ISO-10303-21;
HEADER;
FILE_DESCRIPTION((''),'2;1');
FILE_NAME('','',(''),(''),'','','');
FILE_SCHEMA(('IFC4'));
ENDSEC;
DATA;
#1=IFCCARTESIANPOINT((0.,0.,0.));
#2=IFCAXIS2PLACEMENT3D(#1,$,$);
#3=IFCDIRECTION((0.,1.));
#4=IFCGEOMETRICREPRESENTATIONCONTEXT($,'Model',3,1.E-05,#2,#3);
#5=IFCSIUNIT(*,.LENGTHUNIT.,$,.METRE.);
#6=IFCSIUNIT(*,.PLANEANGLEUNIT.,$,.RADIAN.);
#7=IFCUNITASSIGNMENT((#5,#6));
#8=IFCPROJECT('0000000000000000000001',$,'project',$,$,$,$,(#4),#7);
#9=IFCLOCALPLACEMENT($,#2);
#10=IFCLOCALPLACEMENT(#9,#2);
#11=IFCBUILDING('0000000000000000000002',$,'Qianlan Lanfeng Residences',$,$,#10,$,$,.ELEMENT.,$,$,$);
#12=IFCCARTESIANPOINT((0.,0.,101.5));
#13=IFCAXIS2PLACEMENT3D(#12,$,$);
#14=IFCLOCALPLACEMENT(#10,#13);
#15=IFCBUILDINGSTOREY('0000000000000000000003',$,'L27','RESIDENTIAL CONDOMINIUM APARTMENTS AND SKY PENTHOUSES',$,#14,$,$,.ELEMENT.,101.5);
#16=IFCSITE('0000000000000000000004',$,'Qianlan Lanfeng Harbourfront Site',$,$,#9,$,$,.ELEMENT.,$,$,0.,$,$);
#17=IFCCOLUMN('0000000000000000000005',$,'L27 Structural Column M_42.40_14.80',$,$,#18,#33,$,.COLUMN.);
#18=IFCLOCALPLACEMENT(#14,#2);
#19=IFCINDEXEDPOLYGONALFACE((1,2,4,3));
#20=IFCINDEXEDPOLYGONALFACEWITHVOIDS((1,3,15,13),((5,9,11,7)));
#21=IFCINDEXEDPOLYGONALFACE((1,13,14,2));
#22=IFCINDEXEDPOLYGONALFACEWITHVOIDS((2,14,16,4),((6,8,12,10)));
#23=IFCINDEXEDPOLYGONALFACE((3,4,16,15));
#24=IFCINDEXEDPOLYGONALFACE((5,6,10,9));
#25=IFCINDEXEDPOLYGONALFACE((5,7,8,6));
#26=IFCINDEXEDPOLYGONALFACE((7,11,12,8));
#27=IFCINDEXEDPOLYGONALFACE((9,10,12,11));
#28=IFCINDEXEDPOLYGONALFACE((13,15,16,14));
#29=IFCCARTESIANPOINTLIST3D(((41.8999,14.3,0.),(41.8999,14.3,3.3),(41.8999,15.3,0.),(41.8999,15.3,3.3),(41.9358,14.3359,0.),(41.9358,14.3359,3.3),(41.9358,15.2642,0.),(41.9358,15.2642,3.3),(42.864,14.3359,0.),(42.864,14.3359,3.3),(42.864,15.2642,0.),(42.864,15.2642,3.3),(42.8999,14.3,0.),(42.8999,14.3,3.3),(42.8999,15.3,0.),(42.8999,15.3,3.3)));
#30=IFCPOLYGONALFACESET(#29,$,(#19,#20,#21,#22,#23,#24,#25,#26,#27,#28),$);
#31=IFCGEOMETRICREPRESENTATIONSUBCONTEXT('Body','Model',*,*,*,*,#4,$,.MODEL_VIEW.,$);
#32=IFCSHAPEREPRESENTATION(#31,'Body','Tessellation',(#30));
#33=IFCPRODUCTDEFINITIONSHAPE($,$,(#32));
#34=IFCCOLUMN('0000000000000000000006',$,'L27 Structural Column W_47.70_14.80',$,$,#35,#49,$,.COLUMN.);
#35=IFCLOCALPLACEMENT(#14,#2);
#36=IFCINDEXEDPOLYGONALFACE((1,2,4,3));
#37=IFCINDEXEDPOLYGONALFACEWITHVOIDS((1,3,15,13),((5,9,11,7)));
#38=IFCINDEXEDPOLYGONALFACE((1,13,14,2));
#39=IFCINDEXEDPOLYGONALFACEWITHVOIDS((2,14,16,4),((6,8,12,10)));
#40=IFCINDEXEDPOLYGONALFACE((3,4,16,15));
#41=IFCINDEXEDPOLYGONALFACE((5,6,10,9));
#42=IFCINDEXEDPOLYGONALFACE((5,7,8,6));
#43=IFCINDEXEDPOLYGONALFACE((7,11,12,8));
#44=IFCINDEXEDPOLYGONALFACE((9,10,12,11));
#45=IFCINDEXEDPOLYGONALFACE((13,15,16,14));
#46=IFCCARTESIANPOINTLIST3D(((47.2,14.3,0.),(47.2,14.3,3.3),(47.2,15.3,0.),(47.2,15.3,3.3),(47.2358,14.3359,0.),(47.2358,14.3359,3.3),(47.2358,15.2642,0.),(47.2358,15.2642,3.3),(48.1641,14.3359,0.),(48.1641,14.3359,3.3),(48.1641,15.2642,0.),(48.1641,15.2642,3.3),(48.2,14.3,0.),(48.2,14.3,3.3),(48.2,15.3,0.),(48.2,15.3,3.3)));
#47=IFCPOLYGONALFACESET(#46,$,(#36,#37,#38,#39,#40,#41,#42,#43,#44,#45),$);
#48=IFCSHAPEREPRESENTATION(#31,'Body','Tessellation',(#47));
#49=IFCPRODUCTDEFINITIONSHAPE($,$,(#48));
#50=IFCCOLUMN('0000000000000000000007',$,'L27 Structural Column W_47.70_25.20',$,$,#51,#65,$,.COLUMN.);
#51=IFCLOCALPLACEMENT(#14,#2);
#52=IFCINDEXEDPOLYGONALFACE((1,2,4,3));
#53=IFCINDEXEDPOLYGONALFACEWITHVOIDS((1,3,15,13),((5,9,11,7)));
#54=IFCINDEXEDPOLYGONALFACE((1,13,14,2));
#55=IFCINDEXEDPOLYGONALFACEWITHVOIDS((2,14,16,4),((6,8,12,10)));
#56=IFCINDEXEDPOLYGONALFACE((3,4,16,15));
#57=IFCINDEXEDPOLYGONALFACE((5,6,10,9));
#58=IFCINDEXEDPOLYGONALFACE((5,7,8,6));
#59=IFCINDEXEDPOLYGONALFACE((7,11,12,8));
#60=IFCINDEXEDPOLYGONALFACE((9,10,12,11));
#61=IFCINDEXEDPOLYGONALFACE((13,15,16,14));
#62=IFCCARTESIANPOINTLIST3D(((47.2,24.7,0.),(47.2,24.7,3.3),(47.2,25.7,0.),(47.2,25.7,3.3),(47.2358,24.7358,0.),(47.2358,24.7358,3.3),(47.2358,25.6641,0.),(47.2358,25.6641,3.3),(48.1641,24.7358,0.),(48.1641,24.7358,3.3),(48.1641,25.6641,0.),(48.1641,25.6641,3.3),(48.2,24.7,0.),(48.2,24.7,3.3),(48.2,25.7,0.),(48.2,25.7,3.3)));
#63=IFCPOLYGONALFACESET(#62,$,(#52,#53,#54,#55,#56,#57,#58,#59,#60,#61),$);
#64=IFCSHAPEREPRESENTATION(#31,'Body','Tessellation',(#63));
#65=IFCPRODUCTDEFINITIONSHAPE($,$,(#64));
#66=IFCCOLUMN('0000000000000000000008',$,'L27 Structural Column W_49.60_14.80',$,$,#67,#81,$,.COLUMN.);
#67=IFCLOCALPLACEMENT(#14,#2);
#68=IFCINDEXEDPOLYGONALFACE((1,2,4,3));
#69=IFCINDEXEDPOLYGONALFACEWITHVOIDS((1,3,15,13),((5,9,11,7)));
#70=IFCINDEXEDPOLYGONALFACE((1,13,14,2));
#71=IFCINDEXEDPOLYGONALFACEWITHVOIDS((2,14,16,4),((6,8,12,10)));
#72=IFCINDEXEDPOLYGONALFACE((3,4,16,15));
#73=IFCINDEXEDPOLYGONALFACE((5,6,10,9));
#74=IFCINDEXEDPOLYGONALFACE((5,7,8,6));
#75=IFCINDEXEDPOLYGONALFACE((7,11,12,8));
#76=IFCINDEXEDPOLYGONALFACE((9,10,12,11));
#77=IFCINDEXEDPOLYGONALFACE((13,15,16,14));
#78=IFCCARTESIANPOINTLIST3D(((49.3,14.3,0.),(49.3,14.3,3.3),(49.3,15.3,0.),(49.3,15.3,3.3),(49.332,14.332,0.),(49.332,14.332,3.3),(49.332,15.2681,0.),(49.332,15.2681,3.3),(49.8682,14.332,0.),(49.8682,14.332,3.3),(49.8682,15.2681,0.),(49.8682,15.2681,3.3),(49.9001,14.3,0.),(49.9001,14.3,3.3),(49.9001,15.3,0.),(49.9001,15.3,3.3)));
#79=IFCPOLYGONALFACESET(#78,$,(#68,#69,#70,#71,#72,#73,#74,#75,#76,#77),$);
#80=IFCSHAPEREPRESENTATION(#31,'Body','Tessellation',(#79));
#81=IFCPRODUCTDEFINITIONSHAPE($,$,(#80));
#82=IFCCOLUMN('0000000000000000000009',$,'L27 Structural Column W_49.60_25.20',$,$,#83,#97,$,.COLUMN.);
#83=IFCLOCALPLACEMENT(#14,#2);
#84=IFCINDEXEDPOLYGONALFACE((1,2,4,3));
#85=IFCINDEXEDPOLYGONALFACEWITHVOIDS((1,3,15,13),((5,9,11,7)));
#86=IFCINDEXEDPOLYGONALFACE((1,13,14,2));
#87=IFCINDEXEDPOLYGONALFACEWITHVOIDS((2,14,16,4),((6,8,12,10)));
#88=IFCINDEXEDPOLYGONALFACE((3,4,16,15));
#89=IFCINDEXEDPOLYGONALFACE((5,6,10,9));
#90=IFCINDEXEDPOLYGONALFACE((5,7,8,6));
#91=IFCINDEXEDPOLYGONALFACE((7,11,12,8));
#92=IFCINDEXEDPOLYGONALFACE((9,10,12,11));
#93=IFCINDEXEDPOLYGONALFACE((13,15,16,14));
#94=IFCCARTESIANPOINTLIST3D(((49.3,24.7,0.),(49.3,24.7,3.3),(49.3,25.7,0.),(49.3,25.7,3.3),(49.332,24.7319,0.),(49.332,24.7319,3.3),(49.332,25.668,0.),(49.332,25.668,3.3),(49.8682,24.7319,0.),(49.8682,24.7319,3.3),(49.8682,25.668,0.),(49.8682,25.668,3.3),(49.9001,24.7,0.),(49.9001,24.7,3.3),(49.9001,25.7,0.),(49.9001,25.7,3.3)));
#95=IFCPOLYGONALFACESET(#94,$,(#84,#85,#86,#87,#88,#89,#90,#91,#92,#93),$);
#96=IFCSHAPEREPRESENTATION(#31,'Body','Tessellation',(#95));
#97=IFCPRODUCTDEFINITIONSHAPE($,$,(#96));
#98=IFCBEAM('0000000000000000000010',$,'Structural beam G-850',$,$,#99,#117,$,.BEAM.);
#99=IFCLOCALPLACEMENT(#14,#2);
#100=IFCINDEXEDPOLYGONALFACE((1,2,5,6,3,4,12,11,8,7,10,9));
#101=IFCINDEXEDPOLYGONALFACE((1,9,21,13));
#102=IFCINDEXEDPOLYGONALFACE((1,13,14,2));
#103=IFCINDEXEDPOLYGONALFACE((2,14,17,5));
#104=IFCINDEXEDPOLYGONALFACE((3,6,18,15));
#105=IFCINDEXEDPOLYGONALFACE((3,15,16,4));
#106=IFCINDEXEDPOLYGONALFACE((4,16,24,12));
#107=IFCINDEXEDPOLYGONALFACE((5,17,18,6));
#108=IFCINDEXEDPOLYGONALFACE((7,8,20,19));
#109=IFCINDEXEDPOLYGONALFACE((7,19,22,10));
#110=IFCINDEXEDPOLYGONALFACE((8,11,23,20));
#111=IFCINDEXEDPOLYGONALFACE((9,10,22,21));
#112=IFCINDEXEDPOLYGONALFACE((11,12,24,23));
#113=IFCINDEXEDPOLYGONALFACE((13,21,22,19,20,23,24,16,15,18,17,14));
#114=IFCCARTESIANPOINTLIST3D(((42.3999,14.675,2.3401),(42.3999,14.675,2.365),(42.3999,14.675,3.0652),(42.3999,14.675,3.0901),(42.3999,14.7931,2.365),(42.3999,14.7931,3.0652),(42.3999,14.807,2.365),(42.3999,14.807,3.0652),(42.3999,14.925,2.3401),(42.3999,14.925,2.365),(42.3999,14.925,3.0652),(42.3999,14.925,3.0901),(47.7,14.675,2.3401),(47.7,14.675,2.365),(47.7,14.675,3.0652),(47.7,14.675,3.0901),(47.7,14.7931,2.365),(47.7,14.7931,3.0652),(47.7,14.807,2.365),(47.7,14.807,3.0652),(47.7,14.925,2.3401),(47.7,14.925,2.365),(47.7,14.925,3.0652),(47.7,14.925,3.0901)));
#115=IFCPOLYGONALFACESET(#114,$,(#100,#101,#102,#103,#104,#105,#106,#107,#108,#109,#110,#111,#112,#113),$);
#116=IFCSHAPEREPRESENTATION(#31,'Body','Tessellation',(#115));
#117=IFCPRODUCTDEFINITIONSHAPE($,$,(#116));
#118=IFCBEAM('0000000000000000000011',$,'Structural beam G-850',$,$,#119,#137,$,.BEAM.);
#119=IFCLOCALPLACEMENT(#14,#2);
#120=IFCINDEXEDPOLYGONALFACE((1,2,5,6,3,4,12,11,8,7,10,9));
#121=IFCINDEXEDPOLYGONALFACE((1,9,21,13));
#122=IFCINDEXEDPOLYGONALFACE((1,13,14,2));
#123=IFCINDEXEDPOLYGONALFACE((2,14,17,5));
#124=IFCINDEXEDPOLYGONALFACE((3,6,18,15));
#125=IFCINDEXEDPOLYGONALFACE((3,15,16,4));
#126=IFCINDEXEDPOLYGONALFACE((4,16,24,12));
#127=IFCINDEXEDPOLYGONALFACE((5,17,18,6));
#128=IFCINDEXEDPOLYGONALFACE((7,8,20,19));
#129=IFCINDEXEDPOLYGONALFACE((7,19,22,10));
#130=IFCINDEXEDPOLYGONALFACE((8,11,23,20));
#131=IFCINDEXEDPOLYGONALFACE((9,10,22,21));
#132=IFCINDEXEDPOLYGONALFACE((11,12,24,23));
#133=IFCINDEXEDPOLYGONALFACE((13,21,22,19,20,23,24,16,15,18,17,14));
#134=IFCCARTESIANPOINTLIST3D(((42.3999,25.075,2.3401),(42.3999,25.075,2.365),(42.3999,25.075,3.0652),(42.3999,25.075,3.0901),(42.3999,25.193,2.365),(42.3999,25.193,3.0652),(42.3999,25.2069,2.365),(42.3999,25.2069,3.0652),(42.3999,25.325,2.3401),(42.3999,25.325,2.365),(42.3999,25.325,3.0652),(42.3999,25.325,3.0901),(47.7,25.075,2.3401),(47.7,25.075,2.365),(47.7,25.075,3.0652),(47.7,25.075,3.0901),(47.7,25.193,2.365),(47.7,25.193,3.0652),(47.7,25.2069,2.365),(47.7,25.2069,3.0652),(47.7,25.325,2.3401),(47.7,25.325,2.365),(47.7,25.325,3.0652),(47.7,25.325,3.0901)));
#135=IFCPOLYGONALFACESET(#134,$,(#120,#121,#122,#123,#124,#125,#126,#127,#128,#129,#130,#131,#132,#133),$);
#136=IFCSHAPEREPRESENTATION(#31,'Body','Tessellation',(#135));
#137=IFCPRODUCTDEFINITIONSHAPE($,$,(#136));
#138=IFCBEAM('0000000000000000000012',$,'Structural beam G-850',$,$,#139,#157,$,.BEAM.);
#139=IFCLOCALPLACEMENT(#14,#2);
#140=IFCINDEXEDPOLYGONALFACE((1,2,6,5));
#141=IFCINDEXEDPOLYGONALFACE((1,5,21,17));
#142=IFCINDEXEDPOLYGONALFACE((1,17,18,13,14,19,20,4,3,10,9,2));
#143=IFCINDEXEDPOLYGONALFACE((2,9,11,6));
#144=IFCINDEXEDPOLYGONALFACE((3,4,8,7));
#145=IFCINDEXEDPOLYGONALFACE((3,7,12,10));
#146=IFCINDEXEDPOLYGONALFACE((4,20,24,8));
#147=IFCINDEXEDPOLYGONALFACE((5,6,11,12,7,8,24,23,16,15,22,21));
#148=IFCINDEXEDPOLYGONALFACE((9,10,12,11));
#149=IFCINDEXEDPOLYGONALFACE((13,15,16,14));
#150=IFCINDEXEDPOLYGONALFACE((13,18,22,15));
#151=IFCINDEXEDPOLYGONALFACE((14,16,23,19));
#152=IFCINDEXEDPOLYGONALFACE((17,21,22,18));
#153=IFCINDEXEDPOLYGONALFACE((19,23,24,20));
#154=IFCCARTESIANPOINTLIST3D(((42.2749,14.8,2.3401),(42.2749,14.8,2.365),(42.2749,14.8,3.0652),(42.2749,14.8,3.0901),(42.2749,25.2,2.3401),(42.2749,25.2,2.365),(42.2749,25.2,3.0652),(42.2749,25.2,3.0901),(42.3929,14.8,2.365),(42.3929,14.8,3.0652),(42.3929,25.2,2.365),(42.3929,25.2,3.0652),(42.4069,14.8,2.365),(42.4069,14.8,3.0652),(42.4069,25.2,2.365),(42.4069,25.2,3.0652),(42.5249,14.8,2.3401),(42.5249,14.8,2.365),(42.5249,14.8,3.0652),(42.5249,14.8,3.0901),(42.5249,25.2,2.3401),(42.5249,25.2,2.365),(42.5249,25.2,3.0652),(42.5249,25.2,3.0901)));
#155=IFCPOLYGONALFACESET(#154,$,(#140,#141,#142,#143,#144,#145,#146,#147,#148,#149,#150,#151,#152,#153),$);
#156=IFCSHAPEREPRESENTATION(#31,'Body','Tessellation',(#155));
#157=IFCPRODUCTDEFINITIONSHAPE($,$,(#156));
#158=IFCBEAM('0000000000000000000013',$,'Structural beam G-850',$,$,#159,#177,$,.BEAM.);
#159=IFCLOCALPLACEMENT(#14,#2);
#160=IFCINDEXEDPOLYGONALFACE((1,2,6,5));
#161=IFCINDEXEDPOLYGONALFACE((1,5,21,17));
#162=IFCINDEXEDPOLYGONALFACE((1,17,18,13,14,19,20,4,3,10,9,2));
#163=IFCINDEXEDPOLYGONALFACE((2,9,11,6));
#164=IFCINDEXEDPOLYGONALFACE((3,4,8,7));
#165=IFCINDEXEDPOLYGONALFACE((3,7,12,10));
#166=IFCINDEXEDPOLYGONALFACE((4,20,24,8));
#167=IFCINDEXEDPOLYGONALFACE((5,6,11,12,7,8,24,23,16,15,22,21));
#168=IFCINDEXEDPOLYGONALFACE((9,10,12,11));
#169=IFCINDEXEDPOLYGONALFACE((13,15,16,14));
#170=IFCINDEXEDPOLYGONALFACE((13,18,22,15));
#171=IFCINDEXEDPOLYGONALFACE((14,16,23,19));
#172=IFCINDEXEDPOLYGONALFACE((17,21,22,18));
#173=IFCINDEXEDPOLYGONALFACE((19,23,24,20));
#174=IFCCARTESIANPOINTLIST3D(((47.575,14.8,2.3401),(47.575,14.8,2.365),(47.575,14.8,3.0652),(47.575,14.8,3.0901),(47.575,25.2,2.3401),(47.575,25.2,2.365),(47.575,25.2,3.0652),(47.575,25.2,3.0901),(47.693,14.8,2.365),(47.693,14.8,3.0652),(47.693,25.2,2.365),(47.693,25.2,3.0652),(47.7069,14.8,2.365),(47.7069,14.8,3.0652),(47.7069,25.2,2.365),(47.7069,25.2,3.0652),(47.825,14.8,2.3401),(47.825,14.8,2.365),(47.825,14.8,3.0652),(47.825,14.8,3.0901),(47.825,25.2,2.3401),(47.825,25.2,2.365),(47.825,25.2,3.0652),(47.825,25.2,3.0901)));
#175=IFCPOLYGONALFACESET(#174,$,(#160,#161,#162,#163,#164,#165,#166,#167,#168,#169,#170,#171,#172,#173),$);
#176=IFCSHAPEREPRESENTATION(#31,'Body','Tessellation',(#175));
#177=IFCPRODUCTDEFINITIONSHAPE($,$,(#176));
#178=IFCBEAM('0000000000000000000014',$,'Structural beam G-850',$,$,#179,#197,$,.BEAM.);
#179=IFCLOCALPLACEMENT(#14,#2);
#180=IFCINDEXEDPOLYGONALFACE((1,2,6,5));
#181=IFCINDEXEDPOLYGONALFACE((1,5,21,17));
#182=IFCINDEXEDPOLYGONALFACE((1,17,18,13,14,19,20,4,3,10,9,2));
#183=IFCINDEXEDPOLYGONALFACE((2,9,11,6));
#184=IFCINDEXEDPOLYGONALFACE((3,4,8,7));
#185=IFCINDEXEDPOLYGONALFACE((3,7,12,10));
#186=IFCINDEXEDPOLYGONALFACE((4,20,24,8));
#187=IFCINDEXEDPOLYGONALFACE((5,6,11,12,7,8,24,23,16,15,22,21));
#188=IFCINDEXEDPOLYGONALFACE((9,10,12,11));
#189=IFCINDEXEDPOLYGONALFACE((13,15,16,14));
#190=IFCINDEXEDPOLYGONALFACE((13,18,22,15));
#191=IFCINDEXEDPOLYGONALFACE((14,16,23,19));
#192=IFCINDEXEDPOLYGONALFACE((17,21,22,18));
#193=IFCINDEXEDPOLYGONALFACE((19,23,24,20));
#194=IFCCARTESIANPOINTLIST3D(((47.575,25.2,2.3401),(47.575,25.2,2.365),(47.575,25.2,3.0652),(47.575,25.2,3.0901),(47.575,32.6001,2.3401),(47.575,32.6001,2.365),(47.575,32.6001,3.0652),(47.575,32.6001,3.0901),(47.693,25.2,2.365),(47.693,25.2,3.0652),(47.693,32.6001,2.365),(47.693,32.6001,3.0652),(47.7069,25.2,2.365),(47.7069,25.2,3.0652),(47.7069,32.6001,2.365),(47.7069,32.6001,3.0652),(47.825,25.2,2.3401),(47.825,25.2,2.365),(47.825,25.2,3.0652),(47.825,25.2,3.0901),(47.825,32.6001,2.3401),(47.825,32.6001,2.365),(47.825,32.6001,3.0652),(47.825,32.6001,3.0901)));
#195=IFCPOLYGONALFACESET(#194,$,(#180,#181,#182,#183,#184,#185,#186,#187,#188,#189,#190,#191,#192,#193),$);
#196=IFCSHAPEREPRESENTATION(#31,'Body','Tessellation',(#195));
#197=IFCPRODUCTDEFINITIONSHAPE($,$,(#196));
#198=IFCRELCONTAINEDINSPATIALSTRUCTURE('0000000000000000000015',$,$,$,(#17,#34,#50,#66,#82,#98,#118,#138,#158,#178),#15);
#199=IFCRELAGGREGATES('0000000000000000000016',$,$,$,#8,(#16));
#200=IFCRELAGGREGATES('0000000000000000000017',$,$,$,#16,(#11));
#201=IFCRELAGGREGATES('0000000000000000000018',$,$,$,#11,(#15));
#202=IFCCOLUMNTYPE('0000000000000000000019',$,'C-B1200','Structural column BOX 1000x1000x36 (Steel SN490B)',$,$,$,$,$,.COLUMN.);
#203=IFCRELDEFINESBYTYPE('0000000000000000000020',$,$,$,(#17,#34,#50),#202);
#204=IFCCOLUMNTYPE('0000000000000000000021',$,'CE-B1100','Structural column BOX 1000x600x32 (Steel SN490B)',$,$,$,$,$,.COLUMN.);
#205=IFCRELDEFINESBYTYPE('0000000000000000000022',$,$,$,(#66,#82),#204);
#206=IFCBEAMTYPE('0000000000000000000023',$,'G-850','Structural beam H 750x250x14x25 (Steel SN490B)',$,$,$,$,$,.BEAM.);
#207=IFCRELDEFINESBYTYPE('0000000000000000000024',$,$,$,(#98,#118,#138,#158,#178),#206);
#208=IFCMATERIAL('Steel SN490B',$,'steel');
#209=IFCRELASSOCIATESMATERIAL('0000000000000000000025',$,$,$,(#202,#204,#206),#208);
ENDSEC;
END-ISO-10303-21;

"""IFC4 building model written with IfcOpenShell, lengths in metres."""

from ifc_helpers import new_model, si_unit, direction, frame, origin, origin_2d, place, context, subcontext, project, spatial, hollow_rectangle, i_section, extrude, material, material_profile, profile_set, type_object, element, save


model = new_model("IFC4")

# Units and contexts
model_context = context("Model", 3, precision=1e-05, world=origin(), true_north=direction((0.0, 1.0)))
body_context = subcontext(model_context, "Body", "Model", "MODEL_VIEW")
ifc_project = project(units=[si_unit("LENGTHUNIT", "METRE"), si_unit("PLANEANGLEUNIT", "RADIAN")], contexts=[model_context])

# Site, building, storey
site_placement = place(None, origin())
site = spatial("IfcSite", under=ifc_project, at=site_placement, Name="Qianlan Lanfeng Harbourfront Site", CompositionType="ELEMENT", RefElevation=0.0)
building_placement = place(site_placement, origin())
building = spatial("IfcBuilding", under=site, at=building_placement, Name="Qianlan Lanfeng Residences", CompositionType="ELEMENT")
storey_placement = place(building_placement, frame((0.0, 0.0, 101.5)))
storey = spatial("IfcBuildingStorey", under=building, at=storey_placement, Name="L27", Description="RESIDENTIAL CONDOMINIUM APARTMENTS AND SKY PENTHOUSES", CompositionType="ELEMENT", Elevation=101.5)

# Columns
ifc_material_1 = material(Name="Steel SN490B", Category="steel")
ifc_material_profile_1 = material_profile(ifc_material_1, hollow_rectangle(XDim=1.0, YDim=1.0, WallThickness=0.0359, at=origin_2d()), Name="BOX 1000x1000x36")
ifc_profile_set_1 = profile_set([ifc_material_profile_1], Name="Steel SN490B")
column_type_1 = type_object("IfcColumnType", Name="C-B1200", Description="Structural column BOX 1000x1000x36 (Steel SN490B)", PredefinedType="COLUMN", material=ifc_profile_set_1)
for number, where, z_axis, x_axis, name in (
    (1, (42.3999, 14.8, 0.0), (0.0, 0.0, 1.0), (1.0, 0.0, 0.0), "L27 Structural Column M_42.40_14.80"),
    (2, (47.7, 14.8, 0.0), (0.0, 0.0, 1.0), (1.0, 0.0, 0.0), "L27 Structural Column W_47.70_14.80"),
    (3, (47.7, 25.2, 0.0), (0.0, 0.0, 1.0), (1.0, 0.0, 0.0), "L27 Structural Column W_47.70_25.20"),
):
    element("IfcColumn", number, at=place(storey_placement, frame(where, z_axis=z_axis, x_axis=x_axis)), inside=storey, type_object=column_type_1, Name=name, PredefinedType="COLUMN", context=body_context, shape_type="SweptSolid", body=[
        extrude(hollow_rectangle(XDim=1.0, YDim=1.0, WallThickness=0.0359, at=origin_2d()), origin(), (0.0, 0.0, 1.0), 3.3),
    ])
ifc_material_profile_2 = material_profile(ifc_material_1, hollow_rectangle(XDim=0.6001, YDim=1.0, WallThickness=0.032, at=origin_2d()), Name="BOX 1000x600x32")
ifc_profile_set_2 = profile_set([ifc_material_profile_2], Name="Steel SN490B")
column_type_2 = type_object("IfcColumnType", Name="CE-B1100", Description="Structural column BOX 1000x600x32 (Steel SN490B)", PredefinedType="COLUMN", material=ifc_profile_set_2)
for number, where, z_axis, x_axis, name in (
    (4, (49.6001, 14.8, 0.0), (0.0, 0.0, 1.0), (1.0, 0.0, 0.0), "L27 Structural Column W_49.60_14.80"),
    (5, (49.6001, 25.2, 0.0), (0.0, 0.0, 1.0), (1.0, 0.0, 0.0), "L27 Structural Column W_49.60_25.20"),
):
    element("IfcColumn", number, at=place(storey_placement, frame(where, z_axis=z_axis, x_axis=x_axis)), inside=storey, type_object=column_type_2, Name=name, PredefinedType="COLUMN", context=body_context, shape_type="SweptSolid", body=[
        extrude(hollow_rectangle(XDim=0.6001, YDim=1.0, WallThickness=0.032, at=origin_2d()), origin(), (0.0, 0.0, 1.0), 3.3),
    ])

# Beams
ifc_material_profile_3 = material_profile(ifc_material_1, i_section(OverallWidth=0.25, OverallDepth=0.75, WebThickness=0.0139, FlangeThickness=0.0249, at=origin_2d()), Name="H 750x250x14x25")
ifc_profile_set_3 = profile_set([ifc_material_profile_3], Name="Steel SN490B")
beam_type_1 = type_object("IfcBeamType", Name="G-850", Description="Structural beam H 750x250x14x25 (Steel SN490B)", PredefinedType="BEAM", material=ifc_profile_set_3)
for number, where, z_axis, x_axis, name in (
    (6, (42.3999, 14.8, 2.7151), (1.0, 0.0, 0.0), (0.0, 1.0, 0.0), "Structural beam G-850"),
    (7, (42.3999, 25.2, 2.7151), (1.0, 0.0, 0.0), (0.0, 1.0, 0.0), "Structural beam G-850"),
):
    element("IfcBeam", number, at=place(storey_placement, frame(where, z_axis=z_axis, x_axis=x_axis)), inside=storey, type_object=beam_type_1, Name=name, PredefinedType="BEAM", context=body_context, shape_type="SweptSolid", body=[
        extrude(i_section(OverallWidth=0.25, OverallDepth=0.75, WebThickness=0.0139, FlangeThickness=0.0249, at=origin_2d()), origin(), (0.0, 0.0, 1.0), 5.3),
    ])
for number, where, z_axis, x_axis, name in (
    (8, (42.3999, 14.8, 2.7151), (0.0, 1.0, 0.0), (-1.0, 0.0, 0.0), "Structural beam G-850"),
    (9, (47.7, 14.8, 2.7151), (0.0, 1.0, 0.0), (-1.0, 0.0, 0.0), "Structural beam G-850"),
):
    element("IfcBeam", number, at=place(storey_placement, frame(where, z_axis=z_axis, x_axis=x_axis)), inside=storey, type_object=beam_type_1, Name=name, PredefinedType="BEAM", context=body_context, shape_type="SweptSolid", body=[
        extrude(i_section(OverallWidth=0.25, OverallDepth=0.75, WebThickness=0.0139, FlangeThickness=0.0249, at=origin_2d()), origin(), (0.0, 0.0, 1.0), 10.3999),
    ])
beam_1_placement = place(storey_placement, frame((47.7, 25.2, 2.7151), z_axis=(0.0, 1.0, 0.0), x_axis=(-1.0, 0.0, 0.0)))
element("IfcBeam", 10, at=beam_1_placement, inside=storey, type_object=beam_type_1, Name="Structural beam G-850", PredefinedType="BEAM", context=body_context, shape_type="SweptSolid", body=[
    extrude(i_section(OverallWidth=0.25, OverallDepth=0.75, WebThickness=0.0139, FlangeThickness=0.0249, at=origin_2d()), origin(), (0.0, 0.0, 1.0), 7.4001),
])

save(model, "model.ifc")
